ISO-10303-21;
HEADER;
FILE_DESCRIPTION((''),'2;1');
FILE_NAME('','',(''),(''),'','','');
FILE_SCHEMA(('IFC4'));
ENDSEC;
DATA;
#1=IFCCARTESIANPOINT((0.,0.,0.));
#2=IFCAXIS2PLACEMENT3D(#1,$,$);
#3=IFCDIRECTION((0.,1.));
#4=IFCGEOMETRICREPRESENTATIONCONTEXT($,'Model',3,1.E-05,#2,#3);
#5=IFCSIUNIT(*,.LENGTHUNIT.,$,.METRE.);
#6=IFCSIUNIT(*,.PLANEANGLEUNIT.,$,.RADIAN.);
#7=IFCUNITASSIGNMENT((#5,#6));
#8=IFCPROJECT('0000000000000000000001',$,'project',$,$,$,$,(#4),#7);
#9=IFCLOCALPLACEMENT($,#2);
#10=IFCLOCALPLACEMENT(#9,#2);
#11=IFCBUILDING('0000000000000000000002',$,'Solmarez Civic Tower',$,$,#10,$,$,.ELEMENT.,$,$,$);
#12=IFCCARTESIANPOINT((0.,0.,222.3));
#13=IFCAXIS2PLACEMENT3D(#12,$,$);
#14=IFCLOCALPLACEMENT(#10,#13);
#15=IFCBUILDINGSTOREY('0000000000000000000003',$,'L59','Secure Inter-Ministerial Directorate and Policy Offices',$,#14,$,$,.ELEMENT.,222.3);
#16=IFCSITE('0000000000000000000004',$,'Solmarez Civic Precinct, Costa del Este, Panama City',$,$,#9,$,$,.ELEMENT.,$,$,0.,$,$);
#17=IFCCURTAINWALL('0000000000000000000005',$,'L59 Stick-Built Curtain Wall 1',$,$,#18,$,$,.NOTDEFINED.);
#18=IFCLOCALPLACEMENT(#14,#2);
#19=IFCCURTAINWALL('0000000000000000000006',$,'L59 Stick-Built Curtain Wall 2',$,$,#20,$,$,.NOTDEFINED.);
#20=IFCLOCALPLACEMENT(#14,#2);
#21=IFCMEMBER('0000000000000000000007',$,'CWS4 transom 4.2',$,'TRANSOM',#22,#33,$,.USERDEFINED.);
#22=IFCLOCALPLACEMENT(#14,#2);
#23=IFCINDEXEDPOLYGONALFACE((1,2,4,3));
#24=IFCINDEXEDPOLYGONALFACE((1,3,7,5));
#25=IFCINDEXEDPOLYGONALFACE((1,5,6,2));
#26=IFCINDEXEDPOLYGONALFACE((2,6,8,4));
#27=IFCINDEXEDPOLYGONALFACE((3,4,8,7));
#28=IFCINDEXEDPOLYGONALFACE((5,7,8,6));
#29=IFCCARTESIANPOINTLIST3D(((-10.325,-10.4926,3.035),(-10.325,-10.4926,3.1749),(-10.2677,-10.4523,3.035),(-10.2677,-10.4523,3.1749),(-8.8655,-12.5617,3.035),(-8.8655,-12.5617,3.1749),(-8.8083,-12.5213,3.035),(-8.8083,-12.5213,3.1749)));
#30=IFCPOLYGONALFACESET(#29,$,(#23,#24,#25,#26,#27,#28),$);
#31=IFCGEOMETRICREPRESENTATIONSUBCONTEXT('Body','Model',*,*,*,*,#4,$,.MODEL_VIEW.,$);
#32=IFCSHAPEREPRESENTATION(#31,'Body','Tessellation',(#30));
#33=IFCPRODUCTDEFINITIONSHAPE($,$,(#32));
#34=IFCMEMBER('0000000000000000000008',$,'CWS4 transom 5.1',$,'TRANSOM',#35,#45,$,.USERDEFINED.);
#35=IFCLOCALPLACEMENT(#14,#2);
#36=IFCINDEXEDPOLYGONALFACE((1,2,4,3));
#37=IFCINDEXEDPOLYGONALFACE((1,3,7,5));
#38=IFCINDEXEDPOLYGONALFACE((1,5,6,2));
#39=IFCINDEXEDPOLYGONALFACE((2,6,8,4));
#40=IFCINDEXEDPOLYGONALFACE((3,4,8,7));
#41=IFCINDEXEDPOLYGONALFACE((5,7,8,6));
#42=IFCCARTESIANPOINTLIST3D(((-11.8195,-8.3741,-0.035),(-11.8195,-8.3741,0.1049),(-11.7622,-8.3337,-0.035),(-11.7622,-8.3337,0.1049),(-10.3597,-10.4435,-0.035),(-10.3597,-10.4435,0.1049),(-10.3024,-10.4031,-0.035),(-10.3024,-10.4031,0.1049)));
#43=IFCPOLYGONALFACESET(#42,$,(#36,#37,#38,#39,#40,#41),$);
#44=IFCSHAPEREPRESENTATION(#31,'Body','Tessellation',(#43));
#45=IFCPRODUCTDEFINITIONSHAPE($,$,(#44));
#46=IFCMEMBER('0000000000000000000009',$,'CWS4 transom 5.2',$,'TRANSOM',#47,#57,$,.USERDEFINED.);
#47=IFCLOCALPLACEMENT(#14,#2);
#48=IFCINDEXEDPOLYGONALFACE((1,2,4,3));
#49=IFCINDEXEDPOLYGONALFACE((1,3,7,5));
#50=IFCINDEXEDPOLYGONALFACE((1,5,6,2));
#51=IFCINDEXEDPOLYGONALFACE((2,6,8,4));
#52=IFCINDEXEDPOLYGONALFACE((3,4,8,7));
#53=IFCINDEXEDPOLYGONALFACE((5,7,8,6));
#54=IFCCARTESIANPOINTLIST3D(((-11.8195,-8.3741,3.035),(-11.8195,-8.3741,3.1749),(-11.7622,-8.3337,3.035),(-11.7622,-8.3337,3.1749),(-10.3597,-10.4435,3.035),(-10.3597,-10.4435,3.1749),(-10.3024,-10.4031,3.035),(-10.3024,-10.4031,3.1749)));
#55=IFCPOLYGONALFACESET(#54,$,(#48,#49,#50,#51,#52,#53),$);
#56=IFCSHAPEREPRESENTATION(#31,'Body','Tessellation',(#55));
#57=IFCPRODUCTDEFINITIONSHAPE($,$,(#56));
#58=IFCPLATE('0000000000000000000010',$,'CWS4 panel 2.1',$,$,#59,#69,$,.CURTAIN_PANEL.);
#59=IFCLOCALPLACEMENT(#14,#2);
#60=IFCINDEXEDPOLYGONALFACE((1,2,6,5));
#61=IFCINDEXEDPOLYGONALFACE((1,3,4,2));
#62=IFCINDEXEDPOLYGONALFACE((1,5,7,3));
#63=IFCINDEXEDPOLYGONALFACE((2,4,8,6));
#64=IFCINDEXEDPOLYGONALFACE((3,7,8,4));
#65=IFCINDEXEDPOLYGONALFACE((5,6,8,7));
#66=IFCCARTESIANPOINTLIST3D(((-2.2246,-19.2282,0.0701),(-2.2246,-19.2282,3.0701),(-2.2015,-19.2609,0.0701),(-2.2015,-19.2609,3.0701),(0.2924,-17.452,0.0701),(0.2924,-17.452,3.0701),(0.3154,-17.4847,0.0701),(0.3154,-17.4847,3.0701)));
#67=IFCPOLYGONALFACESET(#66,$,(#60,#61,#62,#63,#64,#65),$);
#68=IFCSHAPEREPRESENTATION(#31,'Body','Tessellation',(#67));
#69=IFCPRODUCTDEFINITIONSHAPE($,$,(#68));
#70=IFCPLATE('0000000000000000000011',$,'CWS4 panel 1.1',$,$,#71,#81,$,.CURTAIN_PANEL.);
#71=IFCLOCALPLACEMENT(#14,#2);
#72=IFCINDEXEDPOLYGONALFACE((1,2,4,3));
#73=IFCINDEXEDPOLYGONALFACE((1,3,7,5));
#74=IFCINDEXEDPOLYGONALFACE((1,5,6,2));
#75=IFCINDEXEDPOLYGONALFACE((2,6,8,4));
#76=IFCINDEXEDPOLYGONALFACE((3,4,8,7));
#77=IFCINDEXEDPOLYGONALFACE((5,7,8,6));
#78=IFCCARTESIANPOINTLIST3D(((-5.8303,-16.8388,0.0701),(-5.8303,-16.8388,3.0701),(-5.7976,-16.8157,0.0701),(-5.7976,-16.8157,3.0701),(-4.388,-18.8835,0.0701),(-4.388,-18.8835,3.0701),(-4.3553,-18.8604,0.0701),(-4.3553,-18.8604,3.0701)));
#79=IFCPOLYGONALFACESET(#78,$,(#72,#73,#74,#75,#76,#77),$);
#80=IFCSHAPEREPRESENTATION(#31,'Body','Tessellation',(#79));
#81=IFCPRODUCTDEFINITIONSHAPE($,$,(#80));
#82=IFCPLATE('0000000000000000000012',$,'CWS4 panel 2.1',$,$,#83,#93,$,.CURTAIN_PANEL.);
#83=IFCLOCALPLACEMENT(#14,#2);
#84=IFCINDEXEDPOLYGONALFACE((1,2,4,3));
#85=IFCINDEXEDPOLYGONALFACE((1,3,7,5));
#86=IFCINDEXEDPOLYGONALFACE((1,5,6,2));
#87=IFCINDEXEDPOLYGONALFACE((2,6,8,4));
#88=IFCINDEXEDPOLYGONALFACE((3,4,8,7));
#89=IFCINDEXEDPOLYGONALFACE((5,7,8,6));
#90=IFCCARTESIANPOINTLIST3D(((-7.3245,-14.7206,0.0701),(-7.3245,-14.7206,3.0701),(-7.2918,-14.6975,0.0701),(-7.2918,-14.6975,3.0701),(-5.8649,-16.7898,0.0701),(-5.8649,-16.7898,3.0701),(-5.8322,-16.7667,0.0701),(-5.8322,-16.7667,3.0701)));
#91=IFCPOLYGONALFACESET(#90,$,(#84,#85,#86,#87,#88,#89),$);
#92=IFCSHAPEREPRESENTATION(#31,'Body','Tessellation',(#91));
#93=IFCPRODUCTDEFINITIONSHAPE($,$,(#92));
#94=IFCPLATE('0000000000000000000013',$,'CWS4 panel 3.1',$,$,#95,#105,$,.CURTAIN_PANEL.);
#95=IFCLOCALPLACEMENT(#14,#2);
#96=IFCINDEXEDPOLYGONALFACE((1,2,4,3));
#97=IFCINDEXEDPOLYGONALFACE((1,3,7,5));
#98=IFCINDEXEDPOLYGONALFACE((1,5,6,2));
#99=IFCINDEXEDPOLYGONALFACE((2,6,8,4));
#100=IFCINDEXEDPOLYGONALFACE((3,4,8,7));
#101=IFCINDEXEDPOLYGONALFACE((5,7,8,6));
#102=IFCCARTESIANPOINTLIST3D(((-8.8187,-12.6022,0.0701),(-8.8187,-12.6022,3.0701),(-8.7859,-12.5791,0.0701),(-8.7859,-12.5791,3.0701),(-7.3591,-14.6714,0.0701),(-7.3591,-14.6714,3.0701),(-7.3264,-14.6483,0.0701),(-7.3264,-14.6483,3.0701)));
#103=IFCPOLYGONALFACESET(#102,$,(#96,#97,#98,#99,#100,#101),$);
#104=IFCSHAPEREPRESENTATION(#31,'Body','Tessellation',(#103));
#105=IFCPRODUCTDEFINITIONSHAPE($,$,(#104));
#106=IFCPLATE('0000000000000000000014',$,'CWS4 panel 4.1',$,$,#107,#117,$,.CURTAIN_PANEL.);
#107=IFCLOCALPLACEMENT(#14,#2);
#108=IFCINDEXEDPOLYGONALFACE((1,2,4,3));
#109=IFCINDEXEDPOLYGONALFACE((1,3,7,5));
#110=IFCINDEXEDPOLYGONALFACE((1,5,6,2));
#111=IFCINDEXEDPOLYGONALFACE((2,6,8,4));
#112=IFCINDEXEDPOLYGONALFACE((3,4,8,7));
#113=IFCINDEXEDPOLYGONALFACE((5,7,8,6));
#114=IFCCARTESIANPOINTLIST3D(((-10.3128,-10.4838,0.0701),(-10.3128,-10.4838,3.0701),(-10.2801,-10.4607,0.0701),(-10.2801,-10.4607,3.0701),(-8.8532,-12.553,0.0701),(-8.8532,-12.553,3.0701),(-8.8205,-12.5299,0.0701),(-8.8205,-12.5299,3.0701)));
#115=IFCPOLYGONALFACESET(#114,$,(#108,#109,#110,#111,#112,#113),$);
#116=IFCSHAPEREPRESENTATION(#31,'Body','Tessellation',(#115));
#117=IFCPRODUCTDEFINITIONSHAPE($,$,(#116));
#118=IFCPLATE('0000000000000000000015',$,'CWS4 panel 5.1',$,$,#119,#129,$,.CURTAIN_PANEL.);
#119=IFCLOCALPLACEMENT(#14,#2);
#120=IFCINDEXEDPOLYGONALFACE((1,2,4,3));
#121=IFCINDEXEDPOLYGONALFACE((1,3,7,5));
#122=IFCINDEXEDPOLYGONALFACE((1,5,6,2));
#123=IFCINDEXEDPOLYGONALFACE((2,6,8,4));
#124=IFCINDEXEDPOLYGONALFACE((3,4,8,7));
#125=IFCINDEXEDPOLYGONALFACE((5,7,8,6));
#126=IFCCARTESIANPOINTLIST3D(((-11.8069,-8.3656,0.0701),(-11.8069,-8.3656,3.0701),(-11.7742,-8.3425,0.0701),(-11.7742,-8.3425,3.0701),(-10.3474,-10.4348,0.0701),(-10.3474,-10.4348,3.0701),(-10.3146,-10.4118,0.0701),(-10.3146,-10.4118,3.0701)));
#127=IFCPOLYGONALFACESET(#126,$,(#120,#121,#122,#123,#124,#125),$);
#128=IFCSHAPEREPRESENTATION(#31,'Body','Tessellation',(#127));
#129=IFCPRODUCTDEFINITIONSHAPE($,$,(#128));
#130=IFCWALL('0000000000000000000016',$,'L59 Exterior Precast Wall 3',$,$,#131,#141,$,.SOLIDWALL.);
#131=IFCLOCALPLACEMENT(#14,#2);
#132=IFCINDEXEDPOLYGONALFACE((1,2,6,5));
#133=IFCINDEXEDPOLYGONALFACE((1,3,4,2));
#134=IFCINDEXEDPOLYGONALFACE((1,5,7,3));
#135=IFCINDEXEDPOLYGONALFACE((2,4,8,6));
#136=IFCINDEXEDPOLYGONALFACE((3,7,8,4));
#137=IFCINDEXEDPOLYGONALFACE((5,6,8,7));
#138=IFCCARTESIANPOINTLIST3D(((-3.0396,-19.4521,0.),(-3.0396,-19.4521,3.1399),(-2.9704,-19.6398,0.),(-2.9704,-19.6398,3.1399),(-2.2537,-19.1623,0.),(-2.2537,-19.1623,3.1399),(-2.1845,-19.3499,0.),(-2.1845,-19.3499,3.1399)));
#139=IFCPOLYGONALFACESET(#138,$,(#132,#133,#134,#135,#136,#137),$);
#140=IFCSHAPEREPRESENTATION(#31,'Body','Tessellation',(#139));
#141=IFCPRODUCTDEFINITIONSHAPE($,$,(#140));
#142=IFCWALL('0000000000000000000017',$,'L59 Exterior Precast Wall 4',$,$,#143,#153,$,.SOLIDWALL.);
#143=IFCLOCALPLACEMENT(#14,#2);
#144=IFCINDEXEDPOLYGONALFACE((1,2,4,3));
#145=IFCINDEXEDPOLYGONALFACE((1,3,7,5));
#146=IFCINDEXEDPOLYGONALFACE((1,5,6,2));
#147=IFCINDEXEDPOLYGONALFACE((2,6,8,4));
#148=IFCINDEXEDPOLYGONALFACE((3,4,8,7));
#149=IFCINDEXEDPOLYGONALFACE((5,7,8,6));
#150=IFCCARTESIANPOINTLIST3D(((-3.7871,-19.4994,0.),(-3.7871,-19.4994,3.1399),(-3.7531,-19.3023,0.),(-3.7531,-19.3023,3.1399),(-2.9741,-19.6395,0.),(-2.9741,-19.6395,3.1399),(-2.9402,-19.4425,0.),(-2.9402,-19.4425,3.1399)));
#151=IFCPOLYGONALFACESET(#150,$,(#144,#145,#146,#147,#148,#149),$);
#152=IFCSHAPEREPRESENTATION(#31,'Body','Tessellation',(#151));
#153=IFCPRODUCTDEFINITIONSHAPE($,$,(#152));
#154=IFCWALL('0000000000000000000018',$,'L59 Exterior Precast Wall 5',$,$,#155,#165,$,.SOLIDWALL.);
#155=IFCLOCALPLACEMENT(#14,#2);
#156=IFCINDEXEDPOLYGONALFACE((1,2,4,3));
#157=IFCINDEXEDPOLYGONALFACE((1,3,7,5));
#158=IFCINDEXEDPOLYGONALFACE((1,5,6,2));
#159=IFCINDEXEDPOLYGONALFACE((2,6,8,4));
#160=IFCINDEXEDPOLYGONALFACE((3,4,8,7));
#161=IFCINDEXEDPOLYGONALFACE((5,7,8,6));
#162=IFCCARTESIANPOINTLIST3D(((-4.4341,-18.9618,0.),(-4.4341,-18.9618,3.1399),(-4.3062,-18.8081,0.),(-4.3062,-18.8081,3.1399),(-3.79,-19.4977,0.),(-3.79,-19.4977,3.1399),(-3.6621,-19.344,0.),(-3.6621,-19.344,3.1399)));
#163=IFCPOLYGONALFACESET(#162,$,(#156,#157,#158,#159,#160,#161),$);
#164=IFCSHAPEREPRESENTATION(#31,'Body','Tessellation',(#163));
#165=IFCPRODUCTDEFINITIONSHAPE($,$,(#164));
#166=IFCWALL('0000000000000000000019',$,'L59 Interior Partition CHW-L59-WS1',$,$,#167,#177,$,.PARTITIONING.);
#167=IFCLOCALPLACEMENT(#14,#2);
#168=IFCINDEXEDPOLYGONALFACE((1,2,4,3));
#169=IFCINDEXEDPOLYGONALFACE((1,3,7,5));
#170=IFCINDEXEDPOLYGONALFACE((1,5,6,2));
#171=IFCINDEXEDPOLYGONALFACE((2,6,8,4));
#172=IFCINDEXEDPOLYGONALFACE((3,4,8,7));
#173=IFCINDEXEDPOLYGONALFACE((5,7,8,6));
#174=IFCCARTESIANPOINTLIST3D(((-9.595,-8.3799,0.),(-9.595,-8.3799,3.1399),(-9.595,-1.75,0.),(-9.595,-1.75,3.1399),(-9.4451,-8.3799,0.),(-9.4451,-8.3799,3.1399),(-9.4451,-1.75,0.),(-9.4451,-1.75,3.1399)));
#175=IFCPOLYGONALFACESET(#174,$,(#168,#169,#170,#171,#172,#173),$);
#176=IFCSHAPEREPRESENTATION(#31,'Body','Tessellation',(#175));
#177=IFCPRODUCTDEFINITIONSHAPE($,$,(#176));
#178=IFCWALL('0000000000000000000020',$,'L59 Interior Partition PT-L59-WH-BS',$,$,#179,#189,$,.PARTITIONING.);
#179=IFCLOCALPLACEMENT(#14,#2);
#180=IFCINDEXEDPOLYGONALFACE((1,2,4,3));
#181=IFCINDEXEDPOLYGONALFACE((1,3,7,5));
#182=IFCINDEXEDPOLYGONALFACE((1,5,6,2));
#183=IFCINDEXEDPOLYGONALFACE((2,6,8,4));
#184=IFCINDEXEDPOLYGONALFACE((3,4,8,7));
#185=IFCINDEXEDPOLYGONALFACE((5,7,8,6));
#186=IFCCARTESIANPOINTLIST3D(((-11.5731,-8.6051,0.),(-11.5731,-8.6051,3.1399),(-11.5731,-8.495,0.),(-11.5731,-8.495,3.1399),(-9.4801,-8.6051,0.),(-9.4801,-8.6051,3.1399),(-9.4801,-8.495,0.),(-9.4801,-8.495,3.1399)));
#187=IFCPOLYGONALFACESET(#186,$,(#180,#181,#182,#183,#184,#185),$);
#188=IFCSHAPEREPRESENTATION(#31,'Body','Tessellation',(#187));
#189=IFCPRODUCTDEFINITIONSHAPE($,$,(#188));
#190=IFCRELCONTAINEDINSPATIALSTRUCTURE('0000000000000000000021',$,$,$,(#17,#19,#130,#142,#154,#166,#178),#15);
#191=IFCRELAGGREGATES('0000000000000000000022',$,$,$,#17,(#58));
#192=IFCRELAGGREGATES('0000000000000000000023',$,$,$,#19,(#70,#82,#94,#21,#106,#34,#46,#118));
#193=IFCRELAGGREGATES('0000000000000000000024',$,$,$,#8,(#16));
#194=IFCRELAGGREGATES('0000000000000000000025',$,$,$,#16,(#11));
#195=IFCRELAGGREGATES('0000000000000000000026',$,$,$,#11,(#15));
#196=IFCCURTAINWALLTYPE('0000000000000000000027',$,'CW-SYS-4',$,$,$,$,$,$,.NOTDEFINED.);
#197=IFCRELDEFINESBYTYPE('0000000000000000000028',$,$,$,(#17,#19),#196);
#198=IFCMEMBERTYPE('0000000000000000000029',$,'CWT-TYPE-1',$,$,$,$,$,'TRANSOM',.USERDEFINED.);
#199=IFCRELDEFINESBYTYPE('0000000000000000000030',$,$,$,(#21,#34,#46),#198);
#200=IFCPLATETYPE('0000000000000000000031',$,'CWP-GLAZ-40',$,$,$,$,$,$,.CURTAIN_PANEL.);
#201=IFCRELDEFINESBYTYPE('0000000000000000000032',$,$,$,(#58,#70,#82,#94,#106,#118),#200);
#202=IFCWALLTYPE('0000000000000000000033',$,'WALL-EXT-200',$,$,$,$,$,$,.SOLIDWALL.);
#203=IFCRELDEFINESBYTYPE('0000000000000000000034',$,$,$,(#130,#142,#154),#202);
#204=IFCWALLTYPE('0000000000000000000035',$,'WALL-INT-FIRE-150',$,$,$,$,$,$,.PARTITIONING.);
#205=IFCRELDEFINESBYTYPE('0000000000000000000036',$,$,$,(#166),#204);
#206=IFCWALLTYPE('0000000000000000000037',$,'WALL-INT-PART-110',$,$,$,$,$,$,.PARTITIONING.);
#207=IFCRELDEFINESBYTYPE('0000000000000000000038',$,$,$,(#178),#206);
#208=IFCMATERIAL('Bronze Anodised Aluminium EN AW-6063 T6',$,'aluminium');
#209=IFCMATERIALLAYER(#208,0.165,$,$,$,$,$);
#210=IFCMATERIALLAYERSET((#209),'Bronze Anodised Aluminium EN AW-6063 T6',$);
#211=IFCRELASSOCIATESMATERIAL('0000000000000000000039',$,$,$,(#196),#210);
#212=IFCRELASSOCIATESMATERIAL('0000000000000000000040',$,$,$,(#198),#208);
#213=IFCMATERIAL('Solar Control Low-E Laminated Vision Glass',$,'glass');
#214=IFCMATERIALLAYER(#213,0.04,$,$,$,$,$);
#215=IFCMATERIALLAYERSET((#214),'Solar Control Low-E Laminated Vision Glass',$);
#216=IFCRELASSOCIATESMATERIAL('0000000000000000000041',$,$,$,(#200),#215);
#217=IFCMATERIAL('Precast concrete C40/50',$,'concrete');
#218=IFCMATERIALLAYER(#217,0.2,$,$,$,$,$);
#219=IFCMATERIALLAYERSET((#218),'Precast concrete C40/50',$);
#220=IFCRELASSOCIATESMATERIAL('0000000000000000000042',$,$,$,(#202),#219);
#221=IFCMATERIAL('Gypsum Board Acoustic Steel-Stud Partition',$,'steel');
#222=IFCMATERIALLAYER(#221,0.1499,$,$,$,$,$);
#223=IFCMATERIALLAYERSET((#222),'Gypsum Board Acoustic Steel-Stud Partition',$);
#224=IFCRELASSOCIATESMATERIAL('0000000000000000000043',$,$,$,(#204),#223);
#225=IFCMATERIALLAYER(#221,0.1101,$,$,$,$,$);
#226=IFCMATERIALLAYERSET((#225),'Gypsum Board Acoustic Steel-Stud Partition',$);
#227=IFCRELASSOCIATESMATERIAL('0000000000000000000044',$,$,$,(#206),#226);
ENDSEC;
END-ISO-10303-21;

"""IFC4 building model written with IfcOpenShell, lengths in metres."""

from ifc_helpers import new_model, si_unit, direction, frame, frame_2d, origin, origin_2d, place, context, subcontext, project, spatial, rectangle, extrude, material, layer, layer_set, material_profile, profile_set, type_object, element, aggregate, save


model = new_model("IFC4")

# Units and contexts
model_context = context("Model", 3, precision=1e-05, world=origin(), true_north=direction((0.0, 1.0)))
body_context = subcontext(model_context, "Body", "Model", "MODEL_VIEW")
ifc_project = project(units=[si_unit("LENGTHUNIT", "METRE"), si_unit("PLANEANGLEUNIT", "RADIAN")], contexts=[model_context])

# Site, building, storey
site_placement = place(None, origin())
site = spatial("IfcSite", under=ifc_project, at=site_placement, Name="Solmarez Civic Precinct, Costa del Este, Panama City", CompositionType="ELEMENT", RefElevation=0.0)
building_placement = place(site_placement, origin())
building = spatial("IfcBuilding", under=site, at=building_placement, Name="Solmarez Civic Tower", CompositionType="ELEMENT")
storey_placement = place(building_placement, frame((0.0, 0.0, 222.3)))
storey = spatial("IfcBuildingStorey", under=building, at=storey_placement, Name="L59", Description="Secure Inter-Ministerial Directorate and Policy Offices", CompositionType="ELEMENT", Elevation=222.3)

# Curtain wall
ifc_material_1 = material(Name="Bronze Anodised Aluminium EN AW-6063 T6", Category="aluminium")
ifc_layer_1 = layer(ifc_material_1, 0.165)
ifc_layer_set_1 = layer_set([ifc_layer_1], Name="Bronze Anodised Aluminium EN AW-6063 T6")
curtain_wall_type = type_object("IfcCurtainWallType", Name="CW-SYS-4", PredefinedType="NOTDEFINED", material=ifc_layer_set_1)
curtain_wall_1_placement = place(storey_placement, origin())
curtain_wall_1 = element("IfcCurtainWall", 1, at=curtain_wall_1_placement, inside=storey, type_object=curtain_wall_type, Name="L59 Stick-Built Curtain Wall 1", PredefinedType="NOTDEFINED")

# Curtain wall, members
curtain_wall_2_placement = place(storey_placement, origin())
curtain_wall_2 = element("IfcCurtainWall", 2, at=curtain_wall_2_placement, inside=storey, type_object=curtain_wall_type, Name="L59 Stick-Built Curtain Wall 2", PredefinedType="NOTDEFINED")
ifc_material_profile_1 = material_profile(ifc_material_1, rectangle(XDim=0.0701, YDim=0.1399, at=origin_2d()), Name="CWT-70X140")
ifc_profile_set_1 = profile_set([ifc_material_profile_1], Name="Bronze Anodised Aluminium EN AW-6063 T6")
member_type_1 = type_object("IfcMemberType", Name="CWT-TYPE-1", ElementType="TRANSOM", PredefinedType="USERDEFINED", material=ifc_profile_set_1)
member_1_placement = place(storey_placement, frame((-8.8369, -12.5415, 3.105), z_axis=(-0.576403, 0.817166, 0.0), x_axis=(-0.817166, -0.576403, 0.0)))
member_1 = element("IfcMember", 3, at=member_1_placement, type_object=member_type_1, Name="CWS4 transom 4.2", ObjectType="TRANSOM", PredefinedType="USERDEFINED", context=body_context, shape_type="SweptSolid", body=[
    extrude(rectangle(XDim=0.0701, YDim=0.1399, at=origin_2d()), origin(), (0.0, 0.0, 1.0), 2.532),
])
member_2_placement = place(storey_placement, frame((-10.3311, -10.4233, 0.0349), z_axis=(-0.576422, 0.817152, 0.0), x_axis=(-0.817152, -0.576422, 0.0)))
member_2 = element("IfcMember", 4, at=member_2_placement, type_object=member_type_1, Name="CWS4 transom 5.1", ObjectType="TRANSOM", PredefinedType="USERDEFINED", context=body_context, shape_type="SweptSolid", body=[
    extrude(rectangle(XDim=0.0701, YDim=0.1399, at=origin_2d()), origin(), (0.0, 0.0, 1.0), 2.5325),
])
member_3_placement = place(storey_placement, frame((-10.3311, -10.4233, 3.105), z_axis=(-0.576422, 0.817152, 0.0), x_axis=(-0.817152, -0.576422, 0.0)))
member_3 = element("IfcMember", 5, at=member_3_placement, type_object=member_type_1, Name="CWS4 transom 5.2", ObjectType="TRANSOM", PredefinedType="USERDEFINED", context=body_context, shape_type="SweptSolid", body=[
    extrude(rectangle(XDim=0.0701, YDim=0.1399, at=origin_2d()), origin(), (0.0, 0.0, 1.0), 2.5325),
])

# Plates
ifc_material_2 = material(Name="Solar Control Low-E Laminated Vision Glass", Category="glass")
ifc_layer_2 = layer(ifc_material_2, 0.04)
ifc_layer_set_2 = layer_set([ifc_layer_2], Name="Solar Control Low-E Laminated Vision Glass")
plate_type = type_object("IfcPlateType", Name="CWP-GLAZ-40", PredefinedType="CURTAIN_PANEL", material=ifc_layer_set_2)
plate_1_placement = place(storey_placement, frame((-0.9546, -18.3564, 0.0701), z_axis=(0.0, 0.0, 1.0), x_axis=(-0.817055, -0.576559, 0.0)))
plate_1 = element("IfcPlate", 6, at=plate_1_placement, type_object=plate_type, Name="CWS4 panel 2.1", PredefinedType="CURTAIN_PANEL", context=body_context, shape_type="SweptSolid", body=[
    extrude(rectangle(XDim=3.0806, YDim=0.04, at=origin_2d()), origin(), (0.0, 0.0, 1.0), 3.0),
])
aggregate(curtain_wall_1, [plate_1])
plate_2_placement = place(storey_placement, frame((-5.0928, -17.8496, 0.0701), z_axis=(0.0, 0.0, 1.0), x_axis=(-0.576408, 0.817162, 0.0)))
plate_2 = element("IfcPlate", 7, at=plate_2_placement, type_object=plate_type, Name="CWS4 panel 1.1", PredefinedType="CURTAIN_PANEL", context=body_context, shape_type="SweptSolid", body=[
    extrude(rectangle(XDim=2.5022, YDim=0.04, at=origin_2d()), origin(), (0.0, 0.0, 1.0), 3.0),
])
plate_3_placement = place(storey_placement, frame((-6.5784, -15.7437, 0.0701), z_axis=(0.0, 0.0, 1.0), x_axis=(-0.576408, 0.817162, 0.0)))
plate_3 = element("IfcPlate", 8, at=plate_3_placement, type_object=plate_type, Name="CWS4 panel 2.1", PredefinedType="CURTAIN_PANEL", context=body_context, shape_type="SweptSolid", body=[
    extrude(rectangle(XDim=2.5322, YDim=0.04, at=origin_2d()), origin(), (0.0, 0.0, 1.0), 3.0),
])
plate_4_placement = place(storey_placement, frame((-8.0725, -13.6252, 0.0701), z_axis=(0.0, 0.0, 1.0), x_axis=(-0.576408, 0.817162, 0.0)))
plate_4 = element("IfcPlate", 9, at=plate_4_placement, type_object=plate_type, Name="CWS4 panel 3.1", PredefinedType="CURTAIN_PANEL", context=body_context, shape_type="SweptSolid", body=[
    extrude(rectangle(XDim=2.5322, YDim=0.04, at=origin_2d()), origin(), (0.0, 0.0, 1.0), 3.0),
])
plate_5_placement = place(storey_placement, frame((-9.5667, -11.5068, 0.0701), z_axis=(0.0, 0.0, 1.0), x_axis=(-0.576408, 0.817162, 0.0)))
plate_5 = element("IfcPlate", 10, at=plate_5_placement, type_object=plate_type, Name="CWS4 panel 4.1", PredefinedType="CURTAIN_PANEL", context=body_context, shape_type="SweptSolid", body=[
    extrude(rectangle(XDim=2.5322, YDim=0.04, at=origin_2d()), origin(), (0.0, 0.0, 1.0), 3.0),
])
plate_6_placement = place(storey_placement, frame((-11.0608, -9.3887, 0.0701), z_axis=(0.0, 0.0, 1.0), x_axis=(-0.576408, 0.817162, 0.0)))
plate_6 = element("IfcPlate", 11, at=plate_6_placement, type_object=plate_type, Name="CWS4 panel 5.1", PredefinedType="CURTAIN_PANEL", context=body_context, shape_type="SweptSolid", body=[
    extrude(rectangle(XDim=2.5322, YDim=0.04, at=origin_2d()), origin(), (0.0, 0.0, 1.0), 3.0),
])
aggregate(curtain_wall_2, [plate_2, plate_3, plate_4, member_1, plate_5, member_2, member_3, plate_6])

# Walls
ifc_material_3 = material(Name="Precast concrete C40/50", Category="concrete")
ifc_layer_3 = layer(ifc_material_3, 0.2)
ifc_layer_set_3 = layer_set([ifc_layer_3], Name="Precast concrete C40/50")
wall_type_1 = type_object("IfcWallType", Name="WALL-EXT-200", PredefinedType="SOLIDWALL", material=ifc_layer_set_3)
wall_1_placement = place(storey_placement, frame((-2.219, -19.2561, 0.0), z_axis=(0.0, 0.0, 1.0), x_axis=(-0.938244, -0.345975, 0.0)))
element("IfcWall", 12, at=wall_1_placement, inside=storey, type_object=wall_type_1, Name="L59 Exterior Precast Wall 3", PredefinedType="SOLIDWALL", context=body_context, shape_type="SweptSolid", body=[
    extrude(rectangle(XDim=0.8376, YDim=0.2, at=frame_2d((0.4189, 0.0))), origin(), (0.0, 0.0, 1.0), 3.1399),
])
wall_2_placement = place(storey_placement, frame((-2.957, -19.541, 0.0), z_axis=(0.0, 0.0, 1.0), x_axis=(-0.985467, 0.169867, 0.0)))
element("IfcWall", 13, at=wall_2_placement, inside=storey, type_object=wall_type_1, Name="L59 Exterior Precast Wall 4", PredefinedType="SOLIDWALL", context=body_context, shape_type="SweptSolid", body=[
    extrude(rectangle(XDim=0.825, YDim=0.2, at=frame_2d((0.4126, 0.0))), origin(), (0.0, 0.0, 1.0), 3.1399),
])
wall_3_placement = place(storey_placement, frame((-3.7261, -19.4209, 0.0), z_axis=(0.0, 0.0, 1.0), x_axis=(-0.768699, 0.639611, 0.0)))
element("IfcWall", 14, at=wall_3_placement, inside=storey, type_object=wall_type_1, Name="L59 Exterior Precast Wall 5", PredefinedType="SOLIDWALL", context=body_context, shape_type="SweptSolid", body=[
    extrude(rectangle(XDim=0.8379, YDim=0.2, at=frame_2d((0.4189, 0.0))), origin(), (0.0, 0.0, 1.0), 3.1399),
])
ifc_material_4 = material(Name="Gypsum Board Acoustic Steel-Stud Partition", Category="steel")
ifc_layer_4 = layer(ifc_material_4, 0.1499)
ifc_layer_set_4 = layer_set([ifc_layer_4], Name="Gypsum Board Acoustic Steel-Stud Partition")
wall_type_2 = type_object("IfcWallType", Name="WALL-INT-FIRE-150", PredefinedType="PARTITIONING", material=ifc_layer_set_4)
wall_4_placement = place(storey_placement, frame((-9.52, -8.3799, 0.0), z_axis=(0.0, 0.0, 1.0), x_axis=(0.0, 1.0, 0.0)))
element("IfcWall", 15, at=wall_4_placement, inside=storey, type_object=wall_type_2, Name="L59 Interior Partition CHW-L59-WS1", PredefinedType="PARTITIONING", context=body_context, shape_type="SweptSolid", body=[
    extrude(rectangle(XDim=6.6299, YDim=0.1499, at=frame_2d((3.3149, 0.0))), origin(), (0.0, 0.0, 1.0), 3.1399),
])
ifc_layer_5 = layer(ifc_material_4, 0.1101)
ifc_layer_set_5 = layer_set([ifc_layer_5], Name="Gypsum Board Acoustic Steel-Stud Partition")
wall_type_3 = type_object("IfcWallType", Name="WALL-INT-PART-110", PredefinedType="PARTITIONING", material=ifc_layer_set_5)
wall_5_placement = place(storey_placement, frame((-11.573, -8.55, 0.0), z_axis=(0.0, 0.0, 1.0), x_axis=(1.0, 0.0, 0.0)))
element("IfcWall", 16, at=wall_5_placement, inside=storey, type_object=wall_type_3, Name="L59 Interior Partition PT-L59-WH-BS", PredefinedType="PARTITIONING", context=body_context, shape_type="SweptSolid", body=[
    extrude(rectangle(XDim=2.093, YDim=0.1101, at=frame_2d((1.0464, 0.0))), origin(), (0.0, 0.0, 1.0), 3.1399),
])

save(model, "model.ifc")
